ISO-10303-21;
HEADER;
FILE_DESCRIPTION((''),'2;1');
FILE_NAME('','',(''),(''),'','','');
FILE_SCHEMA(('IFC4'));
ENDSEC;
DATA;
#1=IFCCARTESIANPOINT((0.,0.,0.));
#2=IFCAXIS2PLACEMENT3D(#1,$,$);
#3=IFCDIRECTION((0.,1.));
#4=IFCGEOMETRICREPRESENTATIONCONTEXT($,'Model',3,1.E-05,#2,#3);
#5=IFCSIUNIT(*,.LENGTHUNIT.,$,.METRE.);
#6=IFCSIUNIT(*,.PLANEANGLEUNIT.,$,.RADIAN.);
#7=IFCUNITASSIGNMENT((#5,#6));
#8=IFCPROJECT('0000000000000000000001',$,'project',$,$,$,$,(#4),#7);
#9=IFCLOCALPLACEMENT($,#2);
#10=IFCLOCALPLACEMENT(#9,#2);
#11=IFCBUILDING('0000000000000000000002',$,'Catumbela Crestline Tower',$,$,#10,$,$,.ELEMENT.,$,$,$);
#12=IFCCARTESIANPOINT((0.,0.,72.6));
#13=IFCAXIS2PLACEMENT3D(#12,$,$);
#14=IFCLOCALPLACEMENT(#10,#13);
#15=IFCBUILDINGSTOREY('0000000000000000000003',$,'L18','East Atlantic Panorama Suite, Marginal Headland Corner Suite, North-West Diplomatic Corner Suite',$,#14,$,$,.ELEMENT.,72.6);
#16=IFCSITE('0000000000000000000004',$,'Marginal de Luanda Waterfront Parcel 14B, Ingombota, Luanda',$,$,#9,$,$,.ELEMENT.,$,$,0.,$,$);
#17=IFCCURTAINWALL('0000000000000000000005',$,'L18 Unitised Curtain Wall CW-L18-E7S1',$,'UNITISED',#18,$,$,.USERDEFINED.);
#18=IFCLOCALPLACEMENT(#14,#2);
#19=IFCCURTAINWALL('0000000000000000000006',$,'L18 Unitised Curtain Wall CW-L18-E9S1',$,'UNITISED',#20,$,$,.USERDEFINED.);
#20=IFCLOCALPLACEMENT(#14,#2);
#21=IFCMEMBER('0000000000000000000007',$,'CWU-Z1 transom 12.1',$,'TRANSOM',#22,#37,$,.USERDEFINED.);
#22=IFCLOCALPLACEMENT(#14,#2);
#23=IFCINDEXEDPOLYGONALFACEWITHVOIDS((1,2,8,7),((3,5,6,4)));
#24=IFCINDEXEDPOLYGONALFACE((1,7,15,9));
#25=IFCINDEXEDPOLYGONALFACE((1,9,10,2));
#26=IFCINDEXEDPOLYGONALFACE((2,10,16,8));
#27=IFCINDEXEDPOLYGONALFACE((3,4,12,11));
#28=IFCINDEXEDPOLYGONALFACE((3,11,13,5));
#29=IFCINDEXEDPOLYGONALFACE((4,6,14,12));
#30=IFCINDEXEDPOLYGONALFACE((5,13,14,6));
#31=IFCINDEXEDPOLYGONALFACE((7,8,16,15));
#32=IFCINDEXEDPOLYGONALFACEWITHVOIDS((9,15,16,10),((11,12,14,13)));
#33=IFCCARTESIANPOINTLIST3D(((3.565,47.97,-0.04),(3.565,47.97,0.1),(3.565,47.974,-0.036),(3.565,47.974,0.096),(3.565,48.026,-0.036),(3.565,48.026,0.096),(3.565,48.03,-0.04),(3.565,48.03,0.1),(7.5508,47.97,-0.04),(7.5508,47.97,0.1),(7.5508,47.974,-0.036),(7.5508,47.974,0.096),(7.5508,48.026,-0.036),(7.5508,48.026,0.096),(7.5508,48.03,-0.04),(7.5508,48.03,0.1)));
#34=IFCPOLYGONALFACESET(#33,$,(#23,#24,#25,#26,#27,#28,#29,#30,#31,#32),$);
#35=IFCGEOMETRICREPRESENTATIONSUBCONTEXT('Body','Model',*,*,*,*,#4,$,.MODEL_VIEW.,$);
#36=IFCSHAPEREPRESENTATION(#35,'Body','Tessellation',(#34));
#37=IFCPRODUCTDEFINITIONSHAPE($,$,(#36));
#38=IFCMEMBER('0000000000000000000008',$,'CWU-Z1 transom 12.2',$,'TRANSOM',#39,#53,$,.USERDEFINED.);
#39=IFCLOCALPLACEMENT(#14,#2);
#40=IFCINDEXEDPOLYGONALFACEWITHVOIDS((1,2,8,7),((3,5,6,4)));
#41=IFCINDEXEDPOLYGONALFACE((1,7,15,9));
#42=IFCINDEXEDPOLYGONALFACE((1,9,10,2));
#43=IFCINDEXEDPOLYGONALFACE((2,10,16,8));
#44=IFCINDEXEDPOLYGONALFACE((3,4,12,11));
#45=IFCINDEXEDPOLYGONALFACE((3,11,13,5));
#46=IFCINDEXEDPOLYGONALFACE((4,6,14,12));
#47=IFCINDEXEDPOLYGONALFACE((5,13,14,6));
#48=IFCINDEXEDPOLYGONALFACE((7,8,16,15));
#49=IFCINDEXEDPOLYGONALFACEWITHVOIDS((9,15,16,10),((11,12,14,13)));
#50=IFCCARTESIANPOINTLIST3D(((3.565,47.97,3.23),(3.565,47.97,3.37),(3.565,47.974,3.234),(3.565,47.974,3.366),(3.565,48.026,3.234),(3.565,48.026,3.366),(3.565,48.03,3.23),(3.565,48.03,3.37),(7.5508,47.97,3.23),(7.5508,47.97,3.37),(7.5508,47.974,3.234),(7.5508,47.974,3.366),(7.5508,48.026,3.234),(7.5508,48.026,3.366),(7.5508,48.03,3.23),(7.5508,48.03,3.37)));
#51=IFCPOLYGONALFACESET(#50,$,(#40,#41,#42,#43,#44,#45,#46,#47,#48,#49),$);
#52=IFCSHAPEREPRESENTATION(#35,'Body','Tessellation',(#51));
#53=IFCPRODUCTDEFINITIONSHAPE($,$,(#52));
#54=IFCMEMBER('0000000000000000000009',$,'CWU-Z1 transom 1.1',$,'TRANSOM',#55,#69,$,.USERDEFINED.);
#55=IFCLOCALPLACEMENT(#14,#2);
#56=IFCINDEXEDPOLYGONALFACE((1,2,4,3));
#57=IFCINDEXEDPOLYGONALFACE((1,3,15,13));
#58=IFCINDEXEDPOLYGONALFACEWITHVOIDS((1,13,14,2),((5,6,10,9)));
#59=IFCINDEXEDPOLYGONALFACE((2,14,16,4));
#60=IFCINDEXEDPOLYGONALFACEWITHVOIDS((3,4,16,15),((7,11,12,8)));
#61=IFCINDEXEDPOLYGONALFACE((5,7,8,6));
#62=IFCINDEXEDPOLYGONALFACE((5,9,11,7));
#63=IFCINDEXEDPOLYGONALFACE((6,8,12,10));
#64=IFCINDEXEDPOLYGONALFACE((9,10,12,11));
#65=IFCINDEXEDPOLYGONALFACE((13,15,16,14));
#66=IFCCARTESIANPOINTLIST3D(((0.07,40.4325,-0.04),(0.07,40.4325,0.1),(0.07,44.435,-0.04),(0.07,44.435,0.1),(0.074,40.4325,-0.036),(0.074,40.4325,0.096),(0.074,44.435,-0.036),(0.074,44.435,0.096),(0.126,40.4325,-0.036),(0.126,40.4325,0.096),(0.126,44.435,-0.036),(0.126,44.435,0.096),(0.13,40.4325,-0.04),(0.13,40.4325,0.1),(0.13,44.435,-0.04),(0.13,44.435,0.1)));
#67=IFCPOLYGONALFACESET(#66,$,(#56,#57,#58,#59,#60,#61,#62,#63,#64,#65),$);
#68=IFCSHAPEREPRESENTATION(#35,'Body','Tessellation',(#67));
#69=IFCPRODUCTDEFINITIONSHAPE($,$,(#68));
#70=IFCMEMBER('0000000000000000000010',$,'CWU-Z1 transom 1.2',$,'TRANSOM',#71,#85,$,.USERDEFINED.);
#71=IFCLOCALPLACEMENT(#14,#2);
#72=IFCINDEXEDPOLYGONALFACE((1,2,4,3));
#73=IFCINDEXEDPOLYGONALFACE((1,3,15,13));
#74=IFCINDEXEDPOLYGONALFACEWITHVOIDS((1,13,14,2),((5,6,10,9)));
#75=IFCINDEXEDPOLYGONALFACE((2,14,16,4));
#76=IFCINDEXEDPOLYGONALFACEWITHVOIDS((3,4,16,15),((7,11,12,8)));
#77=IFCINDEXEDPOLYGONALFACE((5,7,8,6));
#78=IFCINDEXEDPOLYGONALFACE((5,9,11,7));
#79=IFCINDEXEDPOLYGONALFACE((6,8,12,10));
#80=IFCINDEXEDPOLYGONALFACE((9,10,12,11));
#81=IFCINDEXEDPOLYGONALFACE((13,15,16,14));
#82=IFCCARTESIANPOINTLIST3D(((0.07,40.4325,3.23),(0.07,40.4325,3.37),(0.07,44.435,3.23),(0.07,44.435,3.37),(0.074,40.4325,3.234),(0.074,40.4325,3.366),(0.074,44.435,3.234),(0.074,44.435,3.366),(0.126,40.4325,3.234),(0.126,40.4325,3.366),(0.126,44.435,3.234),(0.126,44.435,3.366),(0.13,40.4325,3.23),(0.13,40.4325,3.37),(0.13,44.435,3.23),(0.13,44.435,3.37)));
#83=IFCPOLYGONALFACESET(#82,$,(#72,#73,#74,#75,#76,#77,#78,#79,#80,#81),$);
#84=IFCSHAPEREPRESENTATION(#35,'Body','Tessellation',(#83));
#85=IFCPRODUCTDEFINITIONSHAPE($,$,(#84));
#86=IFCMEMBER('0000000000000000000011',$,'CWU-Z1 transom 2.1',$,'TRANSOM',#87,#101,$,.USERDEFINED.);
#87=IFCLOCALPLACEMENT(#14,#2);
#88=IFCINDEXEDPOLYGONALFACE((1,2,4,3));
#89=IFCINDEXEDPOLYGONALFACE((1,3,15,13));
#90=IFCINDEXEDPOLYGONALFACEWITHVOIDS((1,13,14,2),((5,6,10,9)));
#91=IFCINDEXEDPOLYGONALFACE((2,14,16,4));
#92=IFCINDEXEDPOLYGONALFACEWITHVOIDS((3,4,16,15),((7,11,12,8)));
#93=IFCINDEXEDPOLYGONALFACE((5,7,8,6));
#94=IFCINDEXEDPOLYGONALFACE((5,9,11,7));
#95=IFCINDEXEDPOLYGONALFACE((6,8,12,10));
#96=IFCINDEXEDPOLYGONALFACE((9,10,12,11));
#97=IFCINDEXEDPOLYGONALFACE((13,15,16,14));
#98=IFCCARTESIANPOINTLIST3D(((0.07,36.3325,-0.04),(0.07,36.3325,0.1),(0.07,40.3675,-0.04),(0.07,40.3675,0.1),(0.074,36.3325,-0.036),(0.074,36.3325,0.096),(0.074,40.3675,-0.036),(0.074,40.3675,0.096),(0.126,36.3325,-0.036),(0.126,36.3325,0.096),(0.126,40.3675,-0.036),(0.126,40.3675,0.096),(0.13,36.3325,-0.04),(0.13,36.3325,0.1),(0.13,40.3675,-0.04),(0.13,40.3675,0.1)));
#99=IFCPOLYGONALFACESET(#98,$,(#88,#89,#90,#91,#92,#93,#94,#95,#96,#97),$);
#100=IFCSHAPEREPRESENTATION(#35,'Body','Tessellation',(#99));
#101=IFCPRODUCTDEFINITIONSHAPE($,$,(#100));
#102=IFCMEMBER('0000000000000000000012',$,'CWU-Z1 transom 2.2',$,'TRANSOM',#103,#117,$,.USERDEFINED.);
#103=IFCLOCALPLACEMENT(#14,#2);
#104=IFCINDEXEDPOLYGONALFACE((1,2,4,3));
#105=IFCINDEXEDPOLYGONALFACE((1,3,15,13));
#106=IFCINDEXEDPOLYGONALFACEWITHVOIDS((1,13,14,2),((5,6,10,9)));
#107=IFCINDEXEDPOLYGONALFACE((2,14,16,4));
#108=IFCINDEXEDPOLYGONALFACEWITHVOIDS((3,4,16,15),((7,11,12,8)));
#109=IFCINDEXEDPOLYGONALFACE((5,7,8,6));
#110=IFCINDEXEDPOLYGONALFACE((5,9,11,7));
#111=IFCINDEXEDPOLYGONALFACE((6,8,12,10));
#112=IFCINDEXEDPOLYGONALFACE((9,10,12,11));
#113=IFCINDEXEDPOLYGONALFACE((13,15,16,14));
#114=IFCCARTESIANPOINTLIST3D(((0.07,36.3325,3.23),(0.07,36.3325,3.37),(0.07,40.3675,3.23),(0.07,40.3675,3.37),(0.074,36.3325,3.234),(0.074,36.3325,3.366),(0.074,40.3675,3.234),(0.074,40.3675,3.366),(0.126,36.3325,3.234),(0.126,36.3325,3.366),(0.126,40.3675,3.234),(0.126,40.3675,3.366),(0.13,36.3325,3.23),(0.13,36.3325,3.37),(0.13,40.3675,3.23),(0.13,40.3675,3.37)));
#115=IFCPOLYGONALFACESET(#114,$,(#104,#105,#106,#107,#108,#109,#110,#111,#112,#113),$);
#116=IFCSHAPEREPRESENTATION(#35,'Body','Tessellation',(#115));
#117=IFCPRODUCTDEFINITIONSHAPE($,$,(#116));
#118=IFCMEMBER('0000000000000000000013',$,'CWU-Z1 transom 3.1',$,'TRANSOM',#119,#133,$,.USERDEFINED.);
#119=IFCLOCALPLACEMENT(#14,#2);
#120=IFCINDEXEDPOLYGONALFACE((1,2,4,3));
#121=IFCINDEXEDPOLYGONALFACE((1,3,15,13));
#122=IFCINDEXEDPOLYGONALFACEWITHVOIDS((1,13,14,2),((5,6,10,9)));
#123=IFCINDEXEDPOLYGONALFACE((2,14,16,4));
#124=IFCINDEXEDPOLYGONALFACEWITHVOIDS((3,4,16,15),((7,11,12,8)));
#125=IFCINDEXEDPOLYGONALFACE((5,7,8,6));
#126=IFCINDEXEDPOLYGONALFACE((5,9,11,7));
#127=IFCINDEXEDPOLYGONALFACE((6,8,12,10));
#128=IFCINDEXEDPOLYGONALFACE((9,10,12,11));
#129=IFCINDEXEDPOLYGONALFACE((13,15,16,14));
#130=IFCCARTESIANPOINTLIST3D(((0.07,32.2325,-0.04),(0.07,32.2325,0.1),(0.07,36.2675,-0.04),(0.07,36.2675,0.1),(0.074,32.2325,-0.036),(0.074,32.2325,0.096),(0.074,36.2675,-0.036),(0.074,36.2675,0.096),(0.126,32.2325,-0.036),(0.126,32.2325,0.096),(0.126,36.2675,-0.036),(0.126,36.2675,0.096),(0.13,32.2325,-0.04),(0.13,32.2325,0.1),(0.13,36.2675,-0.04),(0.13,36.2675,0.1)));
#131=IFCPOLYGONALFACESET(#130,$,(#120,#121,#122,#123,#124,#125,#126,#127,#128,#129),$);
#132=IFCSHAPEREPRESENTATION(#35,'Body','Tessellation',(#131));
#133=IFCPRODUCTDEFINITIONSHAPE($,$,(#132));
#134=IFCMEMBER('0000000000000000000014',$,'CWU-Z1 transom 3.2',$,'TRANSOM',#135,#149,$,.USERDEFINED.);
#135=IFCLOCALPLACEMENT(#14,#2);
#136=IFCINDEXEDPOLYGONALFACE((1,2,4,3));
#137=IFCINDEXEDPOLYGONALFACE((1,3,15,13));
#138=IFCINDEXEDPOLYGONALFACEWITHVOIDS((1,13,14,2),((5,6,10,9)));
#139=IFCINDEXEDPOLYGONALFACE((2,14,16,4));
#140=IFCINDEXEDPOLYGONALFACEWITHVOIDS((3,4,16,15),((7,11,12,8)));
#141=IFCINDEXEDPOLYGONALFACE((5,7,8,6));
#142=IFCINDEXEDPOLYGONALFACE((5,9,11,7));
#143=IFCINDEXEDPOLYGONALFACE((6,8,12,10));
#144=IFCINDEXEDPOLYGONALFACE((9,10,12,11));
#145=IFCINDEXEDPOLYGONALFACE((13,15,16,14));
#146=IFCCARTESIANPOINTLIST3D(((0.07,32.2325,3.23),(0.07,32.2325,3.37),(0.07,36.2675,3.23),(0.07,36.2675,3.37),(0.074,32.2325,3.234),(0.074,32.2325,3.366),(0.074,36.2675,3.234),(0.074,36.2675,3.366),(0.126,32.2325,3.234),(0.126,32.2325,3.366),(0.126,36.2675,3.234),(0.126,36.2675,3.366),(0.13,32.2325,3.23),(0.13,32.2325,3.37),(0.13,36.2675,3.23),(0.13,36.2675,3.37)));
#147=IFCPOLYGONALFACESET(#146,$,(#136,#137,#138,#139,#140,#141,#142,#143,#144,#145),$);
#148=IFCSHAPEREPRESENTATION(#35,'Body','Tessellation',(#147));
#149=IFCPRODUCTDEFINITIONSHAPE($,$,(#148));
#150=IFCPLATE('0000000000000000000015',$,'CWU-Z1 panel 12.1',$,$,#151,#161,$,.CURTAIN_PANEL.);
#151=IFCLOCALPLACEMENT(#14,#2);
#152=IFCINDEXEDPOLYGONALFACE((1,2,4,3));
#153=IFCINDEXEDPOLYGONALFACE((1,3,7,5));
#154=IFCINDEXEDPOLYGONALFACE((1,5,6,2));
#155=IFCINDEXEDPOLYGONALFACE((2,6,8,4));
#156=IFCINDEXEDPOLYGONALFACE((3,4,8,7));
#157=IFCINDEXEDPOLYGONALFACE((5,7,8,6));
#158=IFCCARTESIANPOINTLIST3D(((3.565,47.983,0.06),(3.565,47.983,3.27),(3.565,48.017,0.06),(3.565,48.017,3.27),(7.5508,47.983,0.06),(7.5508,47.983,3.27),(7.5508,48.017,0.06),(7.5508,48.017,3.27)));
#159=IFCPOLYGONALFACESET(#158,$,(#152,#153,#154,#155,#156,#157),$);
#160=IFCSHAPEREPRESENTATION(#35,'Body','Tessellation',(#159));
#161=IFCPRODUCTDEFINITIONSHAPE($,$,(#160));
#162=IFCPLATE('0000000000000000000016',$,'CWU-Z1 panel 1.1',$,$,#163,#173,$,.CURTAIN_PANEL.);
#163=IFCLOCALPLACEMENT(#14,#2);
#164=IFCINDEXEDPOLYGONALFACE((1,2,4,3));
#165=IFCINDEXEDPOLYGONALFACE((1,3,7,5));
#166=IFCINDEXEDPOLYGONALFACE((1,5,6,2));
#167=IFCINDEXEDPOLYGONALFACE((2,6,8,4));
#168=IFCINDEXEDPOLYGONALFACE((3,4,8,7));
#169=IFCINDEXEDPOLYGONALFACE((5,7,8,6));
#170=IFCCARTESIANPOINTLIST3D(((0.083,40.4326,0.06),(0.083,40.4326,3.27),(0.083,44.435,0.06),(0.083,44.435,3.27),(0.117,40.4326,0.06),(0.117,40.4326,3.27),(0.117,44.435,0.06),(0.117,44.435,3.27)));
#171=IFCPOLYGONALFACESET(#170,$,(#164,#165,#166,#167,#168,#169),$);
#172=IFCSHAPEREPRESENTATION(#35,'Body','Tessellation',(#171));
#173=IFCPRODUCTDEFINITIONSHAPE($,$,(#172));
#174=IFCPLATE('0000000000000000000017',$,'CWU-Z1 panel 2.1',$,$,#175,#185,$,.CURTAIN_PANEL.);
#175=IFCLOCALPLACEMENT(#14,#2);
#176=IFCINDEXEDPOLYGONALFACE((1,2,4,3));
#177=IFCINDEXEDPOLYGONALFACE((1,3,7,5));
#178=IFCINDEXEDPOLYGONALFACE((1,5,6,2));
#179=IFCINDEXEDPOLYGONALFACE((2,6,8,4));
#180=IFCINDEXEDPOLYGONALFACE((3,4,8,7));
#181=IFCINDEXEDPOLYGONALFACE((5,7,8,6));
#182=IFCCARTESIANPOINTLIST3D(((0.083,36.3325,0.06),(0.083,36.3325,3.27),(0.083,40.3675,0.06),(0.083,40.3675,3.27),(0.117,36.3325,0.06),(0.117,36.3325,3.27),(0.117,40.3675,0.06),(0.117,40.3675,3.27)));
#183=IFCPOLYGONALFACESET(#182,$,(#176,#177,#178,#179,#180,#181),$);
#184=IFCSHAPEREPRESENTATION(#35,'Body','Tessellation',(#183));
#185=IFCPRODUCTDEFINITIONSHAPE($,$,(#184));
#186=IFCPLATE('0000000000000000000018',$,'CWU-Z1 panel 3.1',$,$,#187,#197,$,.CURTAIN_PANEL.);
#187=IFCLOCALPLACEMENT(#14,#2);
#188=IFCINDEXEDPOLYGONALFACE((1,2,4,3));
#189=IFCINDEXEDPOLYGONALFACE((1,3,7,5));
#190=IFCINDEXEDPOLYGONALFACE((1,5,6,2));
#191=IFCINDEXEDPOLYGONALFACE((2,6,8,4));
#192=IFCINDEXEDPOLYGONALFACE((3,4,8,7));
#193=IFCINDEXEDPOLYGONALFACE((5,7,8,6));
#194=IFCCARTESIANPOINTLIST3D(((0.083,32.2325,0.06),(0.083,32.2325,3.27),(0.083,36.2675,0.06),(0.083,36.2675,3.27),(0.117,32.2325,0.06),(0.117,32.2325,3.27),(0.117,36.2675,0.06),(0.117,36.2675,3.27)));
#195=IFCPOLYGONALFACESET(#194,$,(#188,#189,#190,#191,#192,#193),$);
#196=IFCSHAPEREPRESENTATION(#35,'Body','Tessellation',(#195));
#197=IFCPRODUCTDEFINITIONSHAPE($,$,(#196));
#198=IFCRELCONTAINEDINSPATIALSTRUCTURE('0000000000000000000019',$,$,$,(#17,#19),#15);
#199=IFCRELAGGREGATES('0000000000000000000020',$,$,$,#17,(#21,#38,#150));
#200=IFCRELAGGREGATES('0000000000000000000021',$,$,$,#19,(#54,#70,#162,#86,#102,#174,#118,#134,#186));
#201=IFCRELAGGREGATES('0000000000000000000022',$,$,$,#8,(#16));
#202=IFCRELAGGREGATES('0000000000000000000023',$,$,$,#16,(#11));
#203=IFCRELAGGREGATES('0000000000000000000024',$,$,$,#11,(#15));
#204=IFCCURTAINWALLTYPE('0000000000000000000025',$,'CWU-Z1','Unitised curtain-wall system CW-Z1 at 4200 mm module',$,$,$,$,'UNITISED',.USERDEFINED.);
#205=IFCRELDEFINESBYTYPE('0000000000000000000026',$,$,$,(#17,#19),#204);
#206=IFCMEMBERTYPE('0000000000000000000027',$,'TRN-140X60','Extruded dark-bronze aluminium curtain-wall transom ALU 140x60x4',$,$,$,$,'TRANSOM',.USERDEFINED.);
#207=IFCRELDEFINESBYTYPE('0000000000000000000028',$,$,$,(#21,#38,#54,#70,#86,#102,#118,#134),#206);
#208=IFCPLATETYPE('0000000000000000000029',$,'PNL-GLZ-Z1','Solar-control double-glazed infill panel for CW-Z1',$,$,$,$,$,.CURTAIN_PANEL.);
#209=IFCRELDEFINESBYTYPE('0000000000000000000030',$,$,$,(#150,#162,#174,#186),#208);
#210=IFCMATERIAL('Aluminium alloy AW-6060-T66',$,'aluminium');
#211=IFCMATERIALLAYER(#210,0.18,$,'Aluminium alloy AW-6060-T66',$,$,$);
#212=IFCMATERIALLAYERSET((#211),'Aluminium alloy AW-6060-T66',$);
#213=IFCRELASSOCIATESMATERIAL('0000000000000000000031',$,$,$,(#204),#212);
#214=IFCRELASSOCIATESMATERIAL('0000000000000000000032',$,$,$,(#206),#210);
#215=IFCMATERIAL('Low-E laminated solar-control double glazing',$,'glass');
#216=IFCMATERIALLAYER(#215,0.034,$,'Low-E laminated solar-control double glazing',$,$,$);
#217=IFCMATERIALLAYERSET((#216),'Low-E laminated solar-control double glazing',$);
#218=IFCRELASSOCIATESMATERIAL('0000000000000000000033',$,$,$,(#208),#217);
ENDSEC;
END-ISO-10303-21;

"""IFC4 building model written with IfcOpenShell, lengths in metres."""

from ifc_helpers import new_model, si_unit, direction, frame, origin, origin_2d, place, context, subcontext, project, spatial, rectangle, hollow_rectangle, extrude, material, layer, layer_set, material_profile, profile_set, type_object, element, aggregate, save


model = new_model("IFC4")

# Units and contexts
model_context = context("Model", 3, precision=1e-05, world=origin(), true_north=direction((0.0, 1.0)))
body_context = subcontext(model_context, "Body", "Model", "MODEL_VIEW")
ifc_project = project(units=[si_unit("LENGTHUNIT", "METRE"), si_unit("PLANEANGLEUNIT", "RADIAN")], contexts=[model_context])

# Site, building, storey
site_placement = place(None, origin())
site = spatial("IfcSite", under=ifc_project, at=site_placement, Name="Marginal de Luanda Waterfront Parcel 14B, Ingombota, Luanda", CompositionType="ELEMENT", RefElevation=0.0)
building_placement = place(site_placement, origin())
building = spatial("IfcBuilding", under=site, at=building_placement, Name="Catumbela Crestline Tower", CompositionType="ELEMENT")
storey_placement = place(building_placement, frame((0.0, 0.0, 72.6)))
storey = spatial("IfcBuildingStorey", under=building, at=storey_placement, Name="L18", Description="East Atlantic Panorama Suite, Marginal Headland Corner Suite, North-West Diplomatic Corner Suite", CompositionType="ELEMENT", Elevation=72.6)

# Curtain wall
ifc_material_1 = material(Name="Aluminium alloy AW-6060-T66", Category="aluminium")
ifc_layer_1 = layer(ifc_material_1, 0.18, Name="Aluminium alloy AW-6060-T66")
ifc_layer_set_1 = layer_set([ifc_layer_1], Name="Aluminium alloy AW-6060-T66")
curtain_wall_type = type_object("IfcCurtainWallType", Name="CWU-Z1", Description="Unitised curtain-wall system CW-Z1 at 4200 mm module", ElementType="UNITISED", PredefinedType="USERDEFINED", material=ifc_layer_set_1)
curtain_wall_1_placement = place(storey_placement, origin())
curtain_wall_1 = element("IfcCurtainWall", 1, at=curtain_wall_1_placement, inside=storey, type_object=curtain_wall_type, Name="L18 Unitised Curtain Wall CW-L18-E7S1", ObjectType="UNITISED", PredefinedType="USERDEFINED")

# Curtain wall
curtain_wall_2_placement = place(storey_placement, origin())
curtain_wall_2 = element("IfcCurtainWall", 2, at=curtain_wall_2_placement, inside=storey, type_object=curtain_wall_type, Name="L18 Unitised Curtain Wall CW-L18-E9S1", ObjectType="UNITISED", PredefinedType="USERDEFINED")

# Members
ifc_material_profile_1 = material_profile(ifc_material_1, hollow_rectangle(XDim=0.06, YDim=0.14, WallThickness=0.004, at=origin_2d()), Name="ALU 140x60x4")
ifc_profile_set_1 = profile_set([ifc_material_profile_1], Name="Aluminium alloy AW-6060-T66")
member_type_1 = type_object("IfcMemberType", Name="TRN-140X60", Description="Extruded dark-bronze aluminium curtain-wall transom ALU 140x60x4", ElementType="TRANSOM", PredefinedType="USERDEFINED", material=ifc_profile_set_1)
member_1_placement = place(storey_placement, frame((7.5508, 48.0, 0.03), z_axis=(-1.0, 0.0, 0.0), x_axis=(0.0, -1.0, 0.0)))
member_1 = element("IfcMember", 3, at=member_1_placement, type_object=member_type_1, Name="CWU-Z1 transom 12.1", ObjectType="TRANSOM", PredefinedType="USERDEFINED", context=body_context, shape_type="SweptSolid", body=[
    extrude(hollow_rectangle(XDim=0.06, YDim=0.14, WallThickness=0.004, at=origin_2d()), origin(), (0.0, 0.0, 1.0), 3.9858),
])
member_2_placement = place(storey_placement, frame((7.5508, 48.0, 3.3), z_axis=(-1.0, 0.0, 0.0), x_axis=(0.0, -1.0, 0.0)))
member_2 = element("IfcMember", 4, at=member_2_placement, type_object=member_type_1, Name="CWU-Z1 transom 12.2", ObjectType="TRANSOM", PredefinedType="USERDEFINED", context=body_context, shape_type="SweptSolid", body=[
    extrude(hollow_rectangle(XDim=0.06, YDim=0.14, WallThickness=0.004, at=origin_2d()), origin(), (0.0, 0.0, 1.0), 3.9858),
])
member_3_placement = place(storey_placement, frame((0.1, 44.435, 0.03), z_axis=(0.0, -1.0, 0.0), x_axis=(1.0, 0.0, 0.0)))
member_3 = element("IfcMember", 5, at=member_3_placement, type_object=member_type_1, Name="CWU-Z1 transom 1.1", ObjectType="TRANSOM", PredefinedType="USERDEFINED", context=body_context, shape_type="SweptSolid", body=[
    extrude(hollow_rectangle(XDim=0.06, YDim=0.14, WallThickness=0.004, at=origin_2d()), origin(), (0.0, 0.0, 1.0), 4.0025),
])
member_4_placement = place(storey_placement, frame((0.1, 44.435, 3.3), z_axis=(0.0, -1.0, 0.0), x_axis=(1.0, 0.0, 0.0)))
member_4 = element("IfcMember", 6, at=member_4_placement, type_object=member_type_1, Name="CWU-Z1 transom 1.2", ObjectType="TRANSOM", PredefinedType="USERDEFINED", context=body_context, shape_type="SweptSolid", body=[
    extrude(hollow_rectangle(XDim=0.06, YDim=0.14, WallThickness=0.004, at=origin_2d()), origin(), (0.0, 0.0, 1.0), 4.0025),
])
member_5_placement = place(storey_placement, frame((0.1, 40.3675, 0.03), z_axis=(0.0, -1.0, 0.0), x_axis=(1.0, 0.0, 0.0)))
member_5 = element("IfcMember", 7, at=member_5_placement, type_object=member_type_1, Name="CWU-Z1 transom 2.1", ObjectType="TRANSOM", PredefinedType="USERDEFINED", context=body_context, shape_type="SweptSolid", body=[
    extrude(hollow_rectangle(XDim=0.06, YDim=0.14, WallThickness=0.004, at=origin_2d()), origin(), (0.0, 0.0, 1.0), 4.035),
])
member_6_placement = place(storey_placement, frame((0.1, 40.3675, 3.3), z_axis=(0.0, -1.0, 0.0), x_axis=(1.0, 0.0, 0.0)))
member_6 = element("IfcMember", 8, at=member_6_placement, type_object=member_type_1, Name="CWU-Z1 transom 2.2", ObjectType="TRANSOM", PredefinedType="USERDEFINED", context=body_context, shape_type="SweptSolid", body=[
    extrude(hollow_rectangle(XDim=0.06, YDim=0.14, WallThickness=0.004, at=origin_2d()), origin(), (0.0, 0.0, 1.0), 4.035),
])
member_7_placement = place(storey_placement, frame((0.1, 36.2675, 0.03), z_axis=(0.0, -1.0, 0.0), x_axis=(1.0, 0.0, 0.0)))
member_7 = element("IfcMember", 9, at=member_7_placement, type_object=member_type_1, Name="CWU-Z1 transom 3.1", ObjectType="TRANSOM", PredefinedType="USERDEFINED", context=body_context, shape_type="SweptSolid", body=[
    extrude(hollow_rectangle(XDim=0.06, YDim=0.14, WallThickness=0.004, at=origin_2d()), origin(), (0.0, 0.0, 1.0), 4.035),
])
member_8_placement = place(storey_placement, frame((0.1, 36.2675, 3.3), z_axis=(0.0, -1.0, 0.0), x_axis=(1.0, 0.0, 0.0)))
member_8 = element("IfcMember", 10, at=member_8_placement, type_object=member_type_1, Name="CWU-Z1 transom 3.2", ObjectType="TRANSOM", PredefinedType="USERDEFINED", context=body_context, shape_type="SweptSolid", body=[
    extrude(hollow_rectangle(XDim=0.06, YDim=0.14, WallThickness=0.004, at=origin_2d()), origin(), (0.0, 0.0, 1.0), 4.035),
])

# Plates
ifc_material_2 = material(Name="Low-E laminated solar-control double glazing", Category="glass")
ifc_layer_2 = layer(ifc_material_2, 0.034, Name="Low-E laminated solar-control double glazing")
ifc_layer_set_2 = layer_set([ifc_layer_2], Name="Low-E laminated solar-control double glazing")
plate_type = type_object("IfcPlateType", Name="PNL-GLZ-Z1", Description="Solar-control double-glazed infill panel for CW-Z1", PredefinedType="CURTAIN_PANEL", material=ifc_layer_set_2)
plate_1_placement = place(storey_placement, frame((5.5579, 48.0, 0.06), z_axis=(0.0, 0.0, 1.0), x_axis=(-1.0, 0.0, 0.0)))
plate_1 = element("IfcPlate", 11, at=plate_1_placement, type_object=plate_type, Name="CWU-Z1 panel 12.1", PredefinedType="CURTAIN_PANEL", context=body_context, shape_type="SweptSolid", body=[
    extrude(rectangle(XDim=3.9858, YDim=0.034, at=origin_2d()), origin(), (0.0, 0.0, 1.0), 3.21),
])
aggregate(curtain_wall_1, [member_1, member_2, plate_1])
plate_2_placement = place(storey_placement, frame((0.1, 42.4338, 0.06), z_axis=(0.0, 0.0, 1.0), x_axis=(0.0, -1.0, 0.0)))
plate_2 = element("IfcPlate", 12, at=plate_2_placement, type_object=plate_type, Name="CWU-Z1 panel 1.1", PredefinedType="CURTAIN_PANEL", context=body_context, shape_type="SweptSolid", body=[
    extrude(rectangle(XDim=4.0025, YDim=0.034, at=origin_2d()), origin(), (0.0, 0.0, 1.0), 3.21),
])
plate_3_placement = place(storey_placement, frame((0.1, 38.35, 0.06), z_axis=(0.0, 0.0, 1.0), x_axis=(0.0, -1.0, 0.0)))
plate_3 = element("IfcPlate", 13, at=plate_3_placement, type_object=plate_type, Name="CWU-Z1 panel 2.1", PredefinedType="CURTAIN_PANEL", context=body_context, shape_type="SweptSolid", body=[
    extrude(rectangle(XDim=4.035, YDim=0.034, at=origin_2d()), origin(), (0.0, 0.0, 1.0), 3.21),
])
plate_4_placement = place(storey_placement, frame((0.1, 34.25, 0.06), z_axis=(0.0, 0.0, 1.0), x_axis=(0.0, -1.0, 0.0)))
plate_4 = element("IfcPlate", 14, at=plate_4_placement, type_object=plate_type, Name="CWU-Z1 panel 3.1", PredefinedType="CURTAIN_PANEL", context=body_context, shape_type="SweptSolid", body=[
    extrude(rectangle(XDim=4.035, YDim=0.034, at=origin_2d()), origin(), (0.0, 0.0, 1.0), 3.21),
])
aggregate(curtain_wall_2, [member_3, member_4, plate_2, member_5, member_6, plate_3, member_7, member_8, plate_4])

save(model, "model.ifc")
